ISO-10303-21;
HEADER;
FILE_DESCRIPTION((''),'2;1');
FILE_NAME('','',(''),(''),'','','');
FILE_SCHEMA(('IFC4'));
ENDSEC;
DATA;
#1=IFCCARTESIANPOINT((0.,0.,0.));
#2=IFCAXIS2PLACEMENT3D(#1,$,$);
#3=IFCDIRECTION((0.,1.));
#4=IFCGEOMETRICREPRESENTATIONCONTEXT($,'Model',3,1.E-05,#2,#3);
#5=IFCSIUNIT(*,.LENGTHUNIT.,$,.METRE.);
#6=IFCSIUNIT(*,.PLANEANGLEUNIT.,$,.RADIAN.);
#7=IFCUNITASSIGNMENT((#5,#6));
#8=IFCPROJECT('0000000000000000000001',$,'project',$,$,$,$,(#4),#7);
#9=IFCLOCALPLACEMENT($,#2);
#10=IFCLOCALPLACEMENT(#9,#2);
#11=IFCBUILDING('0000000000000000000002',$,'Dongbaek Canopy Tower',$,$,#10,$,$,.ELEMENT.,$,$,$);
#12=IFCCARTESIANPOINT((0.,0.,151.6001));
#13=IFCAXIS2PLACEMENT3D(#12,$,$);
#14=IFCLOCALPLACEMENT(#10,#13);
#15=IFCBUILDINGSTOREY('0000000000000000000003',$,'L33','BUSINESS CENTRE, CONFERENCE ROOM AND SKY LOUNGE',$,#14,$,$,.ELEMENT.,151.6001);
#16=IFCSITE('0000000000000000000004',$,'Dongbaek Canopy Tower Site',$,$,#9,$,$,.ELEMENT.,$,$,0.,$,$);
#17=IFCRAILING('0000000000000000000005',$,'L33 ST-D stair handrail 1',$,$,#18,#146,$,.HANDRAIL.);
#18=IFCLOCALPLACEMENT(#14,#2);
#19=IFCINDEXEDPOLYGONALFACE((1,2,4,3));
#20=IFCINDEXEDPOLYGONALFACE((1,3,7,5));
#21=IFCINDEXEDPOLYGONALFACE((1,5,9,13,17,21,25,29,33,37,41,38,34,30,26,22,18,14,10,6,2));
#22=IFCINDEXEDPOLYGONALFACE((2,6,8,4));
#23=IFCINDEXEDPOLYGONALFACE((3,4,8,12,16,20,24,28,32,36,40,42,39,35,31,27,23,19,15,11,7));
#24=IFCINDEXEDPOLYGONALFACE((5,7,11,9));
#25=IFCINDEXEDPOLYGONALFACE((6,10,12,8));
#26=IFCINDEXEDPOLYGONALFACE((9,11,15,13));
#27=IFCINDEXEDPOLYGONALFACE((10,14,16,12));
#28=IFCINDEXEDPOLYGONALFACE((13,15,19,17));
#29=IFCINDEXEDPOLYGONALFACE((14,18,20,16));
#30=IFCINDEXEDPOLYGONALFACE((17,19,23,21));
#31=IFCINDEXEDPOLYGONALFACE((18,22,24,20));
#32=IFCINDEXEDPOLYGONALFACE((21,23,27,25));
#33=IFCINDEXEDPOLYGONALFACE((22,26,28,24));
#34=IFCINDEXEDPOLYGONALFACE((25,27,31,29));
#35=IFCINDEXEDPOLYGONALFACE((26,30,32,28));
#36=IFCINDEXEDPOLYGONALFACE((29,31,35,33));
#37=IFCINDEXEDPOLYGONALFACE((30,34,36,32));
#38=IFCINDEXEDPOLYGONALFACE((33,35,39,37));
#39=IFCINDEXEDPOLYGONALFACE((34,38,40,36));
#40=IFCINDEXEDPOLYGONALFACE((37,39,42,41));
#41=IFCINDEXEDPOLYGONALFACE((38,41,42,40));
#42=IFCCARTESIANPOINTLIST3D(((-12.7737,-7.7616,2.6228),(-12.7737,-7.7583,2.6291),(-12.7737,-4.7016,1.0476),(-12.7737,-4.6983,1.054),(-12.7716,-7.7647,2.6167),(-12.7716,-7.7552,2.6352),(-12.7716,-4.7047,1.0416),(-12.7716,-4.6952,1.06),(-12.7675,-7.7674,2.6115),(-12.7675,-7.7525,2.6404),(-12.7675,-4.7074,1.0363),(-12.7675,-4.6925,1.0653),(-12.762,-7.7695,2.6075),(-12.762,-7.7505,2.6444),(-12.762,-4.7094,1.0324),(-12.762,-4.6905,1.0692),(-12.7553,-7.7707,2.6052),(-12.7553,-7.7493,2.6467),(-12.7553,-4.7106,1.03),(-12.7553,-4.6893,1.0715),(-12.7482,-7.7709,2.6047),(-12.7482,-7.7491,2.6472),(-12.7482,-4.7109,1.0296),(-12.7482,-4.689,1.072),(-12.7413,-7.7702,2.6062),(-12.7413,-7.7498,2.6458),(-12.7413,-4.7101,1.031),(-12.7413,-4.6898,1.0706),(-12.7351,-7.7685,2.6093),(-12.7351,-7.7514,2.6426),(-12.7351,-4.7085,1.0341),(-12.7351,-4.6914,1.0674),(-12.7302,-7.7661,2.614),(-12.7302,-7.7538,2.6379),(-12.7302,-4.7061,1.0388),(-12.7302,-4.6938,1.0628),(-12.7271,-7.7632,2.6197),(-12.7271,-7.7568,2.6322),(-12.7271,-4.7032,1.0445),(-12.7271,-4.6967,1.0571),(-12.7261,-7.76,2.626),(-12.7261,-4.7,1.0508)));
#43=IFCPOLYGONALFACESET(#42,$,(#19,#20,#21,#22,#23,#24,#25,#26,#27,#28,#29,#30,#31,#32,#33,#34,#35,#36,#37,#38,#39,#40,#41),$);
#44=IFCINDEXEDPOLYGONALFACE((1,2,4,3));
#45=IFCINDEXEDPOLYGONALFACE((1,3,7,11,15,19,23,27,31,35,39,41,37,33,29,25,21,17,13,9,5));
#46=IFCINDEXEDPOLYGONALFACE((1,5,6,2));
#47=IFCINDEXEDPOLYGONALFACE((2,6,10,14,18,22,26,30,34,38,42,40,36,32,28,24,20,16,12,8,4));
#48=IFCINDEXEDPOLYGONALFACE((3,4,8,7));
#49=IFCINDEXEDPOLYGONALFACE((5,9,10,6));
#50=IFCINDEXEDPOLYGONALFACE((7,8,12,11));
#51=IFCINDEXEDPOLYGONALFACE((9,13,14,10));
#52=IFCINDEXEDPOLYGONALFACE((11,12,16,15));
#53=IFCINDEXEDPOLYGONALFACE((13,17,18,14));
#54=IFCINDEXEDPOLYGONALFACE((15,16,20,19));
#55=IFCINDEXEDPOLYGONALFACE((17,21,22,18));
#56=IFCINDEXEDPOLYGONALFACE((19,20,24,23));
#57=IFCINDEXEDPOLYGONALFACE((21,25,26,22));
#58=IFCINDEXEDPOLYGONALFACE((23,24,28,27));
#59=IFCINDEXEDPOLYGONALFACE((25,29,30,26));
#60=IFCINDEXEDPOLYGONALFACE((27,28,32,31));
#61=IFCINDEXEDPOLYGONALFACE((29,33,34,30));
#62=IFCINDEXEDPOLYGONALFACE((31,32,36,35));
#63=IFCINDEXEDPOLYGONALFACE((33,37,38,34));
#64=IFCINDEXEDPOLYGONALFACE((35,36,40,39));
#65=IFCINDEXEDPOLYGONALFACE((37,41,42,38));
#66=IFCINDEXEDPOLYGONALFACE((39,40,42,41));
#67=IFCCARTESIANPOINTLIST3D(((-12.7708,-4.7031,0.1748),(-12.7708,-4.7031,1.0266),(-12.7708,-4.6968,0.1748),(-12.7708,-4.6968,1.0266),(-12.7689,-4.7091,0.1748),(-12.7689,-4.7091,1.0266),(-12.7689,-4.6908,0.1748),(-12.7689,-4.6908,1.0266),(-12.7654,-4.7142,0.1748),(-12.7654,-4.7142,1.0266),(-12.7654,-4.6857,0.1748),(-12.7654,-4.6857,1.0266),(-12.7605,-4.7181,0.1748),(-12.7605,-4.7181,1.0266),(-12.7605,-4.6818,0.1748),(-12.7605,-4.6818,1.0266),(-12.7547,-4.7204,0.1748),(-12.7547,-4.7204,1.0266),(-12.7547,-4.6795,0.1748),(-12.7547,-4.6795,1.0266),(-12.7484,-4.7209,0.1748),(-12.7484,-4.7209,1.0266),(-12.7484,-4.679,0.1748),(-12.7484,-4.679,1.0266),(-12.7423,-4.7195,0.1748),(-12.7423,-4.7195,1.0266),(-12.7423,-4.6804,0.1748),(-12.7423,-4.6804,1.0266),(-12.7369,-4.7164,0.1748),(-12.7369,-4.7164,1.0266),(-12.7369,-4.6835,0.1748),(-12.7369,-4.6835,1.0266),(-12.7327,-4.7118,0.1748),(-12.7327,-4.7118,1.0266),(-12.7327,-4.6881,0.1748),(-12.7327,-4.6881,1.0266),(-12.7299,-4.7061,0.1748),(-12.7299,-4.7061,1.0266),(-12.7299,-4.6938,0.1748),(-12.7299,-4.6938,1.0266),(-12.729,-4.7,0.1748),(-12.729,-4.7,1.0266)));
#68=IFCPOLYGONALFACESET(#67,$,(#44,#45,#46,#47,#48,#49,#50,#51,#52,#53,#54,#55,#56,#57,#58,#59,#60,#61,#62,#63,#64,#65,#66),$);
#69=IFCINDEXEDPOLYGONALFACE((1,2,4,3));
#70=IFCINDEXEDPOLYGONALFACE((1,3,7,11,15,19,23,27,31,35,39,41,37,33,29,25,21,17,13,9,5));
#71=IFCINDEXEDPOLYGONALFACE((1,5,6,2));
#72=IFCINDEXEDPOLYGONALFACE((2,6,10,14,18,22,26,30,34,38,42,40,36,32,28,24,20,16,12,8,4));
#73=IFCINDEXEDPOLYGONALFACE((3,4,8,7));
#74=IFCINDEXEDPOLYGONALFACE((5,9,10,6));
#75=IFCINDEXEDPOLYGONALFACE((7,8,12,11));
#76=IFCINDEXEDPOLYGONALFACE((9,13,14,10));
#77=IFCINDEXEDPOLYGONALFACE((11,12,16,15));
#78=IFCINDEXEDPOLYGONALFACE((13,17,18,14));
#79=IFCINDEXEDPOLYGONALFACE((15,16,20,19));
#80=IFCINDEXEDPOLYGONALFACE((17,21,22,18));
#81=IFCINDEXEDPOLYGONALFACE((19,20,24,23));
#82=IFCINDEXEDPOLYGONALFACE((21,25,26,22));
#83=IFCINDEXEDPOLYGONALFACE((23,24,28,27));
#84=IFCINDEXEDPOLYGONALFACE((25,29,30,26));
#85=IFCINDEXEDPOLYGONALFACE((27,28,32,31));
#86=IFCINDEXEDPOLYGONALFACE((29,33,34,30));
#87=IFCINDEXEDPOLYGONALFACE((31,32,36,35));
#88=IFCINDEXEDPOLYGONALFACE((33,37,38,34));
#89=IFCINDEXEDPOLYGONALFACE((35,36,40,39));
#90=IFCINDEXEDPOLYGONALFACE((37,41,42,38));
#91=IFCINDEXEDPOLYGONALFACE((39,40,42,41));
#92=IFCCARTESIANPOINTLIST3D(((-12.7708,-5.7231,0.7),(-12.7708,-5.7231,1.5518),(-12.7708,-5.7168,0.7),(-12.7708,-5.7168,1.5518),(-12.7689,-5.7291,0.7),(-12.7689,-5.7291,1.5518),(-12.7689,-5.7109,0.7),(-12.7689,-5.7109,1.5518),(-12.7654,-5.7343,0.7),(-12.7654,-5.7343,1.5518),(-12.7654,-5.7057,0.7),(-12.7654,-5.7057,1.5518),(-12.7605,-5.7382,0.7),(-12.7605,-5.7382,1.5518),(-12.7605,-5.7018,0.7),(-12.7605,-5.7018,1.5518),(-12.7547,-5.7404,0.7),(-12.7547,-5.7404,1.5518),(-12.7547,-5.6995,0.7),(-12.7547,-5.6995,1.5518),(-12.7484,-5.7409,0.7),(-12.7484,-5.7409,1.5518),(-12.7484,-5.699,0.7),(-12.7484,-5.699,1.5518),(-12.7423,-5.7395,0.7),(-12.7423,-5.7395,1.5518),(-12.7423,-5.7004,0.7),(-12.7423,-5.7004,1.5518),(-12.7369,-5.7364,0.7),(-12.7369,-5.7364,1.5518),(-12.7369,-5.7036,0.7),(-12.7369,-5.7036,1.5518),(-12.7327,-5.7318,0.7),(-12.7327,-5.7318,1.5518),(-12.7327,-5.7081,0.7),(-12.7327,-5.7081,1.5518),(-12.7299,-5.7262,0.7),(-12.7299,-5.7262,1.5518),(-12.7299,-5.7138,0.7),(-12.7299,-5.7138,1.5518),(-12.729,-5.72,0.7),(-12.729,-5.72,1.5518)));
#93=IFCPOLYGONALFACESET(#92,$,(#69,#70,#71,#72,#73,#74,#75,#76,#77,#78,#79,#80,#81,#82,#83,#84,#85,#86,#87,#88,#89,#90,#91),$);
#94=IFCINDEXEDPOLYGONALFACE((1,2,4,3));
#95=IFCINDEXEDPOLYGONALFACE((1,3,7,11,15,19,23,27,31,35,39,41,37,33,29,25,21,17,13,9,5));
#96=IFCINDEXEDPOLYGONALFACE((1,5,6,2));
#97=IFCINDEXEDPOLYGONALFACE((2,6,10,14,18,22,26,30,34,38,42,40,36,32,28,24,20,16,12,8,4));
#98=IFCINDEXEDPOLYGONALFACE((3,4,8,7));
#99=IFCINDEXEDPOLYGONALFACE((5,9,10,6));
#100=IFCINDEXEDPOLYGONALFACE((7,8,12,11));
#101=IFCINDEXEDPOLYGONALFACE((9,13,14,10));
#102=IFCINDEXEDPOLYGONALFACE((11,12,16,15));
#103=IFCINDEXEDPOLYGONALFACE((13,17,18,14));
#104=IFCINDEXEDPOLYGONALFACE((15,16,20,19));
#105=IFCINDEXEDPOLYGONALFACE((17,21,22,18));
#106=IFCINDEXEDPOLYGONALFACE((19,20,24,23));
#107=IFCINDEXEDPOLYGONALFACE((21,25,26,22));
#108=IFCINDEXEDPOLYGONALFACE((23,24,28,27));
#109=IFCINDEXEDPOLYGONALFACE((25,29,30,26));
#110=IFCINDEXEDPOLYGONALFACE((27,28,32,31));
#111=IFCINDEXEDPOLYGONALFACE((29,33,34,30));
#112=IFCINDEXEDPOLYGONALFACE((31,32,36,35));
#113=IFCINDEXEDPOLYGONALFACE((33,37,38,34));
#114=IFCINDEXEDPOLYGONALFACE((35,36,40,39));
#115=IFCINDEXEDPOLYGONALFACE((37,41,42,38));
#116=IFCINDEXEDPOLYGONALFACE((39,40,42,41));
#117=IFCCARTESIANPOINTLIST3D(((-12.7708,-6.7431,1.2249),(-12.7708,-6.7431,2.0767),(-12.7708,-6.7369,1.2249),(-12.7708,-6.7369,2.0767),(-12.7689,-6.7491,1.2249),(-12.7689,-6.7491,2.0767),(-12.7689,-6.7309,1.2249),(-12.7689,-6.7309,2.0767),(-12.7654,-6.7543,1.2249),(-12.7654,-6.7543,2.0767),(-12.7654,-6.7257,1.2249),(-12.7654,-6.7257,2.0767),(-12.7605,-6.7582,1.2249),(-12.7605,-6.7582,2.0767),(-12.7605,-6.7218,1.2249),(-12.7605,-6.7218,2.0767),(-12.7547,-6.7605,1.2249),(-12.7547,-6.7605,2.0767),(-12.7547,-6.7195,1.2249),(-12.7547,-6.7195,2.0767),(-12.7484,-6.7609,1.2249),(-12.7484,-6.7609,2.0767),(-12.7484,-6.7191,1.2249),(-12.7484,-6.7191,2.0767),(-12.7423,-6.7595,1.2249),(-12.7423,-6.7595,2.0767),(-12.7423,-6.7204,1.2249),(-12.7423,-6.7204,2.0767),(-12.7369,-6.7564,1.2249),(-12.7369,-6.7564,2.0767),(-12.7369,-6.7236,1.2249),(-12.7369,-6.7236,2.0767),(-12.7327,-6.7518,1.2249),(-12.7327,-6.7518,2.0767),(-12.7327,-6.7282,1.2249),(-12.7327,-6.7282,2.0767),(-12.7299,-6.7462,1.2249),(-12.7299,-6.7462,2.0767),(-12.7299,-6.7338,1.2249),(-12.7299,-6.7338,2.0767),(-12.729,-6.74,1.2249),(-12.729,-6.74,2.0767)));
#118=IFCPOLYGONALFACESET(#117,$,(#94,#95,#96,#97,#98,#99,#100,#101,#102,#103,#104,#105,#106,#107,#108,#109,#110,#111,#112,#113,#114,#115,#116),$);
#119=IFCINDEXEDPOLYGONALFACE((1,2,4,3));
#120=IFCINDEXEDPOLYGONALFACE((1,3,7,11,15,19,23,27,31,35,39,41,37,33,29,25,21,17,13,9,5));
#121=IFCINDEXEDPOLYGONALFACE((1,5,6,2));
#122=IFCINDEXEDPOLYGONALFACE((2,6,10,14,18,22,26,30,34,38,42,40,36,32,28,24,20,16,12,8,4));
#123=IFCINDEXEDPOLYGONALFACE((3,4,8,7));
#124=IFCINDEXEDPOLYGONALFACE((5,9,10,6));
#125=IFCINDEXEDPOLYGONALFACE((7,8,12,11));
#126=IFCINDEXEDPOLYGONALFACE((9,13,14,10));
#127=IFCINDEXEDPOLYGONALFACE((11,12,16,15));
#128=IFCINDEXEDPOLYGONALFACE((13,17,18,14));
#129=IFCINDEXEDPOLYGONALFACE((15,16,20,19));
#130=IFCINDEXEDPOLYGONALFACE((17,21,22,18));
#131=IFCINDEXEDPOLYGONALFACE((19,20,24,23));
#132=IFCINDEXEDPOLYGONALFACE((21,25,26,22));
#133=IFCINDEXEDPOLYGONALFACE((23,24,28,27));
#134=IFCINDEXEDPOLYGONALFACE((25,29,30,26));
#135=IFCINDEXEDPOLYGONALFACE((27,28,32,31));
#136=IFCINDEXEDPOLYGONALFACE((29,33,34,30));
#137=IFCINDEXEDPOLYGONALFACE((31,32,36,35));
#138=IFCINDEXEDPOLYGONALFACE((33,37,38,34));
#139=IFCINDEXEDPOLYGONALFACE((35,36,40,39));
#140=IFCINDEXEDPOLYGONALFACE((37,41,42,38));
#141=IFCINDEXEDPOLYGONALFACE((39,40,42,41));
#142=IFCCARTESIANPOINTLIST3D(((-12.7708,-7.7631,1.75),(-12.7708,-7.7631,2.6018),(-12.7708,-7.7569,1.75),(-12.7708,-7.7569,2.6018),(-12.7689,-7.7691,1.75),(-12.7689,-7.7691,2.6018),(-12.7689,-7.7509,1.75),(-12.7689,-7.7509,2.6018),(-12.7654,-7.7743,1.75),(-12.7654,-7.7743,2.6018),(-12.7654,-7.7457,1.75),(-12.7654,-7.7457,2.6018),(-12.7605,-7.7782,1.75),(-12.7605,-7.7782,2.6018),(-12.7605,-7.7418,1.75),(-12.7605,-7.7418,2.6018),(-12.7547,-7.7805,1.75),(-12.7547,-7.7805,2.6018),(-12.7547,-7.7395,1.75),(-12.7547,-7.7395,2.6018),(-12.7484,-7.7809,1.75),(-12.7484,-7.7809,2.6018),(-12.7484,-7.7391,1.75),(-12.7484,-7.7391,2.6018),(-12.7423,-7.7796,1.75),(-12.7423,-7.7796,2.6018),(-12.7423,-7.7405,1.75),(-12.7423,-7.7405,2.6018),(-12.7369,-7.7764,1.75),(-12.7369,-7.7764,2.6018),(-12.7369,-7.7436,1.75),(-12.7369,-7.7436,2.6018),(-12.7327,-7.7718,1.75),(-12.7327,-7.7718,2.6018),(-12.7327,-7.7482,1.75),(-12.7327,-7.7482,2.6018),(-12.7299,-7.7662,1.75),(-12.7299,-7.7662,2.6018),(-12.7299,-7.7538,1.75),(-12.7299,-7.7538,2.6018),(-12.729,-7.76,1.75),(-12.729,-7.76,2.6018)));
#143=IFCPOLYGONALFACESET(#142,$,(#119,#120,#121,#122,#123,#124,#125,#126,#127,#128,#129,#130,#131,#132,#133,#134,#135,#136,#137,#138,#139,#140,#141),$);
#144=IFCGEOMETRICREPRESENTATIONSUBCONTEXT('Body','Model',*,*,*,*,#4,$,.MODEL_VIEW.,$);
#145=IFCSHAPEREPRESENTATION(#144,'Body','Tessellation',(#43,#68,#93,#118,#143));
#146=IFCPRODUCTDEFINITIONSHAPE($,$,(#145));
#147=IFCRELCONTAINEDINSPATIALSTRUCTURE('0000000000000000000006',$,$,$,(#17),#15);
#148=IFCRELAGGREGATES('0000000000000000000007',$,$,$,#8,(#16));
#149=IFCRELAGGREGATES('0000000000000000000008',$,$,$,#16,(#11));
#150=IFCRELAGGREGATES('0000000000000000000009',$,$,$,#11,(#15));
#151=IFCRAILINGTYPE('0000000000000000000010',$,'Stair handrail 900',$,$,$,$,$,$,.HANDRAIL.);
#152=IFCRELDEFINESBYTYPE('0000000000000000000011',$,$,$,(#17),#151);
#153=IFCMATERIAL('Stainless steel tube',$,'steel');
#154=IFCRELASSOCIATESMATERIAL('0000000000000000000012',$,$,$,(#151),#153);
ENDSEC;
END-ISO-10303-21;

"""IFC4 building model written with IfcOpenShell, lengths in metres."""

from ifc_helpers import new_model, si_unit, direction, frame, origin, origin_2d, place, context, subcontext, project, spatial, circle, extrude, material, type_object, element, save


model = new_model("IFC4")

# Units and contexts
model_context = context("Model", 3, precision=1e-05, world=origin(), true_north=direction((0.0, 1.0)))
body_context = subcontext(model_context, "Body", "Model", "MODEL_VIEW")
ifc_project = project(units=[si_unit("LENGTHUNIT", "METRE"), si_unit("PLANEANGLEUNIT", "RADIAN")], contexts=[model_context])

# Site, building, storey
site_placement = place(None, origin())
site = spatial("IfcSite", under=ifc_project, at=site_placement, Name="Dongbaek Canopy Tower Site", CompositionType="ELEMENT", RefElevation=0.0)
building_placement = place(site_placement, origin())
building = spatial("IfcBuilding", under=site, at=building_placement, Name="Dongbaek Canopy Tower", CompositionType="ELEMENT")
storey_placement = place(building_placement, frame((0.0, 0.0, 151.6001)))
storey = spatial("IfcBuildingStorey", under=building, at=storey_placement, Name="L33", Description="BUSINESS CENTRE, CONFERENCE ROOM AND SKY LOUNGE", CompositionType="ELEMENT", Elevation=151.6001)

# Railing
ifc_material_1 = material(Name="Stainless steel tube", Category="steel")
railing_type_1 = type_object("IfcRailingType", Name="Stair handrail 900", PredefinedType="HANDRAIL", material=ifc_material_1)
for number, where, name in (
    (1, (-12.75, -4.7, 0.1748), "L33 ST-D stair handrail 1"),
):
    element("IfcRailing", number, at=place(storey_placement, frame(where)), inside=storey, type_object=railing_type_1, Name=name, PredefinedType="HANDRAIL", context=body_context, shape_type="SweptSolid", body=[
        extrude(circle(Radius=0.0239, at=origin_2d()), frame((0.0, 0.0, 0.876), z_axis=(0.0, -0.889116, 0.457681), x_axis=(1.0, 0.0, 0.0)), (0.0, 0.0, 1.0), 3.4417),
        extrude(circle(Radius=0.021, at=origin_2d()), origin(), (0.0, 0.0, 1.0), 0.8518),
        extrude(circle(Radius=0.021, at=origin_2d()), frame((0.0, -1.02, 0.5251)), (0.0, 0.0, 1.0), 0.8518),
        extrude(circle(Radius=0.021, at=origin_2d()), frame((0.0, -2.04, 1.05)), (0.0, 0.0, 1.0), 0.8518),
        extrude(circle(Radius=0.021, at=origin_2d()), frame((0.0, -3.0601, 1.5752)), (0.0, 0.0, 1.0), 0.8518),
    ])

save(model, "model.ifc")
